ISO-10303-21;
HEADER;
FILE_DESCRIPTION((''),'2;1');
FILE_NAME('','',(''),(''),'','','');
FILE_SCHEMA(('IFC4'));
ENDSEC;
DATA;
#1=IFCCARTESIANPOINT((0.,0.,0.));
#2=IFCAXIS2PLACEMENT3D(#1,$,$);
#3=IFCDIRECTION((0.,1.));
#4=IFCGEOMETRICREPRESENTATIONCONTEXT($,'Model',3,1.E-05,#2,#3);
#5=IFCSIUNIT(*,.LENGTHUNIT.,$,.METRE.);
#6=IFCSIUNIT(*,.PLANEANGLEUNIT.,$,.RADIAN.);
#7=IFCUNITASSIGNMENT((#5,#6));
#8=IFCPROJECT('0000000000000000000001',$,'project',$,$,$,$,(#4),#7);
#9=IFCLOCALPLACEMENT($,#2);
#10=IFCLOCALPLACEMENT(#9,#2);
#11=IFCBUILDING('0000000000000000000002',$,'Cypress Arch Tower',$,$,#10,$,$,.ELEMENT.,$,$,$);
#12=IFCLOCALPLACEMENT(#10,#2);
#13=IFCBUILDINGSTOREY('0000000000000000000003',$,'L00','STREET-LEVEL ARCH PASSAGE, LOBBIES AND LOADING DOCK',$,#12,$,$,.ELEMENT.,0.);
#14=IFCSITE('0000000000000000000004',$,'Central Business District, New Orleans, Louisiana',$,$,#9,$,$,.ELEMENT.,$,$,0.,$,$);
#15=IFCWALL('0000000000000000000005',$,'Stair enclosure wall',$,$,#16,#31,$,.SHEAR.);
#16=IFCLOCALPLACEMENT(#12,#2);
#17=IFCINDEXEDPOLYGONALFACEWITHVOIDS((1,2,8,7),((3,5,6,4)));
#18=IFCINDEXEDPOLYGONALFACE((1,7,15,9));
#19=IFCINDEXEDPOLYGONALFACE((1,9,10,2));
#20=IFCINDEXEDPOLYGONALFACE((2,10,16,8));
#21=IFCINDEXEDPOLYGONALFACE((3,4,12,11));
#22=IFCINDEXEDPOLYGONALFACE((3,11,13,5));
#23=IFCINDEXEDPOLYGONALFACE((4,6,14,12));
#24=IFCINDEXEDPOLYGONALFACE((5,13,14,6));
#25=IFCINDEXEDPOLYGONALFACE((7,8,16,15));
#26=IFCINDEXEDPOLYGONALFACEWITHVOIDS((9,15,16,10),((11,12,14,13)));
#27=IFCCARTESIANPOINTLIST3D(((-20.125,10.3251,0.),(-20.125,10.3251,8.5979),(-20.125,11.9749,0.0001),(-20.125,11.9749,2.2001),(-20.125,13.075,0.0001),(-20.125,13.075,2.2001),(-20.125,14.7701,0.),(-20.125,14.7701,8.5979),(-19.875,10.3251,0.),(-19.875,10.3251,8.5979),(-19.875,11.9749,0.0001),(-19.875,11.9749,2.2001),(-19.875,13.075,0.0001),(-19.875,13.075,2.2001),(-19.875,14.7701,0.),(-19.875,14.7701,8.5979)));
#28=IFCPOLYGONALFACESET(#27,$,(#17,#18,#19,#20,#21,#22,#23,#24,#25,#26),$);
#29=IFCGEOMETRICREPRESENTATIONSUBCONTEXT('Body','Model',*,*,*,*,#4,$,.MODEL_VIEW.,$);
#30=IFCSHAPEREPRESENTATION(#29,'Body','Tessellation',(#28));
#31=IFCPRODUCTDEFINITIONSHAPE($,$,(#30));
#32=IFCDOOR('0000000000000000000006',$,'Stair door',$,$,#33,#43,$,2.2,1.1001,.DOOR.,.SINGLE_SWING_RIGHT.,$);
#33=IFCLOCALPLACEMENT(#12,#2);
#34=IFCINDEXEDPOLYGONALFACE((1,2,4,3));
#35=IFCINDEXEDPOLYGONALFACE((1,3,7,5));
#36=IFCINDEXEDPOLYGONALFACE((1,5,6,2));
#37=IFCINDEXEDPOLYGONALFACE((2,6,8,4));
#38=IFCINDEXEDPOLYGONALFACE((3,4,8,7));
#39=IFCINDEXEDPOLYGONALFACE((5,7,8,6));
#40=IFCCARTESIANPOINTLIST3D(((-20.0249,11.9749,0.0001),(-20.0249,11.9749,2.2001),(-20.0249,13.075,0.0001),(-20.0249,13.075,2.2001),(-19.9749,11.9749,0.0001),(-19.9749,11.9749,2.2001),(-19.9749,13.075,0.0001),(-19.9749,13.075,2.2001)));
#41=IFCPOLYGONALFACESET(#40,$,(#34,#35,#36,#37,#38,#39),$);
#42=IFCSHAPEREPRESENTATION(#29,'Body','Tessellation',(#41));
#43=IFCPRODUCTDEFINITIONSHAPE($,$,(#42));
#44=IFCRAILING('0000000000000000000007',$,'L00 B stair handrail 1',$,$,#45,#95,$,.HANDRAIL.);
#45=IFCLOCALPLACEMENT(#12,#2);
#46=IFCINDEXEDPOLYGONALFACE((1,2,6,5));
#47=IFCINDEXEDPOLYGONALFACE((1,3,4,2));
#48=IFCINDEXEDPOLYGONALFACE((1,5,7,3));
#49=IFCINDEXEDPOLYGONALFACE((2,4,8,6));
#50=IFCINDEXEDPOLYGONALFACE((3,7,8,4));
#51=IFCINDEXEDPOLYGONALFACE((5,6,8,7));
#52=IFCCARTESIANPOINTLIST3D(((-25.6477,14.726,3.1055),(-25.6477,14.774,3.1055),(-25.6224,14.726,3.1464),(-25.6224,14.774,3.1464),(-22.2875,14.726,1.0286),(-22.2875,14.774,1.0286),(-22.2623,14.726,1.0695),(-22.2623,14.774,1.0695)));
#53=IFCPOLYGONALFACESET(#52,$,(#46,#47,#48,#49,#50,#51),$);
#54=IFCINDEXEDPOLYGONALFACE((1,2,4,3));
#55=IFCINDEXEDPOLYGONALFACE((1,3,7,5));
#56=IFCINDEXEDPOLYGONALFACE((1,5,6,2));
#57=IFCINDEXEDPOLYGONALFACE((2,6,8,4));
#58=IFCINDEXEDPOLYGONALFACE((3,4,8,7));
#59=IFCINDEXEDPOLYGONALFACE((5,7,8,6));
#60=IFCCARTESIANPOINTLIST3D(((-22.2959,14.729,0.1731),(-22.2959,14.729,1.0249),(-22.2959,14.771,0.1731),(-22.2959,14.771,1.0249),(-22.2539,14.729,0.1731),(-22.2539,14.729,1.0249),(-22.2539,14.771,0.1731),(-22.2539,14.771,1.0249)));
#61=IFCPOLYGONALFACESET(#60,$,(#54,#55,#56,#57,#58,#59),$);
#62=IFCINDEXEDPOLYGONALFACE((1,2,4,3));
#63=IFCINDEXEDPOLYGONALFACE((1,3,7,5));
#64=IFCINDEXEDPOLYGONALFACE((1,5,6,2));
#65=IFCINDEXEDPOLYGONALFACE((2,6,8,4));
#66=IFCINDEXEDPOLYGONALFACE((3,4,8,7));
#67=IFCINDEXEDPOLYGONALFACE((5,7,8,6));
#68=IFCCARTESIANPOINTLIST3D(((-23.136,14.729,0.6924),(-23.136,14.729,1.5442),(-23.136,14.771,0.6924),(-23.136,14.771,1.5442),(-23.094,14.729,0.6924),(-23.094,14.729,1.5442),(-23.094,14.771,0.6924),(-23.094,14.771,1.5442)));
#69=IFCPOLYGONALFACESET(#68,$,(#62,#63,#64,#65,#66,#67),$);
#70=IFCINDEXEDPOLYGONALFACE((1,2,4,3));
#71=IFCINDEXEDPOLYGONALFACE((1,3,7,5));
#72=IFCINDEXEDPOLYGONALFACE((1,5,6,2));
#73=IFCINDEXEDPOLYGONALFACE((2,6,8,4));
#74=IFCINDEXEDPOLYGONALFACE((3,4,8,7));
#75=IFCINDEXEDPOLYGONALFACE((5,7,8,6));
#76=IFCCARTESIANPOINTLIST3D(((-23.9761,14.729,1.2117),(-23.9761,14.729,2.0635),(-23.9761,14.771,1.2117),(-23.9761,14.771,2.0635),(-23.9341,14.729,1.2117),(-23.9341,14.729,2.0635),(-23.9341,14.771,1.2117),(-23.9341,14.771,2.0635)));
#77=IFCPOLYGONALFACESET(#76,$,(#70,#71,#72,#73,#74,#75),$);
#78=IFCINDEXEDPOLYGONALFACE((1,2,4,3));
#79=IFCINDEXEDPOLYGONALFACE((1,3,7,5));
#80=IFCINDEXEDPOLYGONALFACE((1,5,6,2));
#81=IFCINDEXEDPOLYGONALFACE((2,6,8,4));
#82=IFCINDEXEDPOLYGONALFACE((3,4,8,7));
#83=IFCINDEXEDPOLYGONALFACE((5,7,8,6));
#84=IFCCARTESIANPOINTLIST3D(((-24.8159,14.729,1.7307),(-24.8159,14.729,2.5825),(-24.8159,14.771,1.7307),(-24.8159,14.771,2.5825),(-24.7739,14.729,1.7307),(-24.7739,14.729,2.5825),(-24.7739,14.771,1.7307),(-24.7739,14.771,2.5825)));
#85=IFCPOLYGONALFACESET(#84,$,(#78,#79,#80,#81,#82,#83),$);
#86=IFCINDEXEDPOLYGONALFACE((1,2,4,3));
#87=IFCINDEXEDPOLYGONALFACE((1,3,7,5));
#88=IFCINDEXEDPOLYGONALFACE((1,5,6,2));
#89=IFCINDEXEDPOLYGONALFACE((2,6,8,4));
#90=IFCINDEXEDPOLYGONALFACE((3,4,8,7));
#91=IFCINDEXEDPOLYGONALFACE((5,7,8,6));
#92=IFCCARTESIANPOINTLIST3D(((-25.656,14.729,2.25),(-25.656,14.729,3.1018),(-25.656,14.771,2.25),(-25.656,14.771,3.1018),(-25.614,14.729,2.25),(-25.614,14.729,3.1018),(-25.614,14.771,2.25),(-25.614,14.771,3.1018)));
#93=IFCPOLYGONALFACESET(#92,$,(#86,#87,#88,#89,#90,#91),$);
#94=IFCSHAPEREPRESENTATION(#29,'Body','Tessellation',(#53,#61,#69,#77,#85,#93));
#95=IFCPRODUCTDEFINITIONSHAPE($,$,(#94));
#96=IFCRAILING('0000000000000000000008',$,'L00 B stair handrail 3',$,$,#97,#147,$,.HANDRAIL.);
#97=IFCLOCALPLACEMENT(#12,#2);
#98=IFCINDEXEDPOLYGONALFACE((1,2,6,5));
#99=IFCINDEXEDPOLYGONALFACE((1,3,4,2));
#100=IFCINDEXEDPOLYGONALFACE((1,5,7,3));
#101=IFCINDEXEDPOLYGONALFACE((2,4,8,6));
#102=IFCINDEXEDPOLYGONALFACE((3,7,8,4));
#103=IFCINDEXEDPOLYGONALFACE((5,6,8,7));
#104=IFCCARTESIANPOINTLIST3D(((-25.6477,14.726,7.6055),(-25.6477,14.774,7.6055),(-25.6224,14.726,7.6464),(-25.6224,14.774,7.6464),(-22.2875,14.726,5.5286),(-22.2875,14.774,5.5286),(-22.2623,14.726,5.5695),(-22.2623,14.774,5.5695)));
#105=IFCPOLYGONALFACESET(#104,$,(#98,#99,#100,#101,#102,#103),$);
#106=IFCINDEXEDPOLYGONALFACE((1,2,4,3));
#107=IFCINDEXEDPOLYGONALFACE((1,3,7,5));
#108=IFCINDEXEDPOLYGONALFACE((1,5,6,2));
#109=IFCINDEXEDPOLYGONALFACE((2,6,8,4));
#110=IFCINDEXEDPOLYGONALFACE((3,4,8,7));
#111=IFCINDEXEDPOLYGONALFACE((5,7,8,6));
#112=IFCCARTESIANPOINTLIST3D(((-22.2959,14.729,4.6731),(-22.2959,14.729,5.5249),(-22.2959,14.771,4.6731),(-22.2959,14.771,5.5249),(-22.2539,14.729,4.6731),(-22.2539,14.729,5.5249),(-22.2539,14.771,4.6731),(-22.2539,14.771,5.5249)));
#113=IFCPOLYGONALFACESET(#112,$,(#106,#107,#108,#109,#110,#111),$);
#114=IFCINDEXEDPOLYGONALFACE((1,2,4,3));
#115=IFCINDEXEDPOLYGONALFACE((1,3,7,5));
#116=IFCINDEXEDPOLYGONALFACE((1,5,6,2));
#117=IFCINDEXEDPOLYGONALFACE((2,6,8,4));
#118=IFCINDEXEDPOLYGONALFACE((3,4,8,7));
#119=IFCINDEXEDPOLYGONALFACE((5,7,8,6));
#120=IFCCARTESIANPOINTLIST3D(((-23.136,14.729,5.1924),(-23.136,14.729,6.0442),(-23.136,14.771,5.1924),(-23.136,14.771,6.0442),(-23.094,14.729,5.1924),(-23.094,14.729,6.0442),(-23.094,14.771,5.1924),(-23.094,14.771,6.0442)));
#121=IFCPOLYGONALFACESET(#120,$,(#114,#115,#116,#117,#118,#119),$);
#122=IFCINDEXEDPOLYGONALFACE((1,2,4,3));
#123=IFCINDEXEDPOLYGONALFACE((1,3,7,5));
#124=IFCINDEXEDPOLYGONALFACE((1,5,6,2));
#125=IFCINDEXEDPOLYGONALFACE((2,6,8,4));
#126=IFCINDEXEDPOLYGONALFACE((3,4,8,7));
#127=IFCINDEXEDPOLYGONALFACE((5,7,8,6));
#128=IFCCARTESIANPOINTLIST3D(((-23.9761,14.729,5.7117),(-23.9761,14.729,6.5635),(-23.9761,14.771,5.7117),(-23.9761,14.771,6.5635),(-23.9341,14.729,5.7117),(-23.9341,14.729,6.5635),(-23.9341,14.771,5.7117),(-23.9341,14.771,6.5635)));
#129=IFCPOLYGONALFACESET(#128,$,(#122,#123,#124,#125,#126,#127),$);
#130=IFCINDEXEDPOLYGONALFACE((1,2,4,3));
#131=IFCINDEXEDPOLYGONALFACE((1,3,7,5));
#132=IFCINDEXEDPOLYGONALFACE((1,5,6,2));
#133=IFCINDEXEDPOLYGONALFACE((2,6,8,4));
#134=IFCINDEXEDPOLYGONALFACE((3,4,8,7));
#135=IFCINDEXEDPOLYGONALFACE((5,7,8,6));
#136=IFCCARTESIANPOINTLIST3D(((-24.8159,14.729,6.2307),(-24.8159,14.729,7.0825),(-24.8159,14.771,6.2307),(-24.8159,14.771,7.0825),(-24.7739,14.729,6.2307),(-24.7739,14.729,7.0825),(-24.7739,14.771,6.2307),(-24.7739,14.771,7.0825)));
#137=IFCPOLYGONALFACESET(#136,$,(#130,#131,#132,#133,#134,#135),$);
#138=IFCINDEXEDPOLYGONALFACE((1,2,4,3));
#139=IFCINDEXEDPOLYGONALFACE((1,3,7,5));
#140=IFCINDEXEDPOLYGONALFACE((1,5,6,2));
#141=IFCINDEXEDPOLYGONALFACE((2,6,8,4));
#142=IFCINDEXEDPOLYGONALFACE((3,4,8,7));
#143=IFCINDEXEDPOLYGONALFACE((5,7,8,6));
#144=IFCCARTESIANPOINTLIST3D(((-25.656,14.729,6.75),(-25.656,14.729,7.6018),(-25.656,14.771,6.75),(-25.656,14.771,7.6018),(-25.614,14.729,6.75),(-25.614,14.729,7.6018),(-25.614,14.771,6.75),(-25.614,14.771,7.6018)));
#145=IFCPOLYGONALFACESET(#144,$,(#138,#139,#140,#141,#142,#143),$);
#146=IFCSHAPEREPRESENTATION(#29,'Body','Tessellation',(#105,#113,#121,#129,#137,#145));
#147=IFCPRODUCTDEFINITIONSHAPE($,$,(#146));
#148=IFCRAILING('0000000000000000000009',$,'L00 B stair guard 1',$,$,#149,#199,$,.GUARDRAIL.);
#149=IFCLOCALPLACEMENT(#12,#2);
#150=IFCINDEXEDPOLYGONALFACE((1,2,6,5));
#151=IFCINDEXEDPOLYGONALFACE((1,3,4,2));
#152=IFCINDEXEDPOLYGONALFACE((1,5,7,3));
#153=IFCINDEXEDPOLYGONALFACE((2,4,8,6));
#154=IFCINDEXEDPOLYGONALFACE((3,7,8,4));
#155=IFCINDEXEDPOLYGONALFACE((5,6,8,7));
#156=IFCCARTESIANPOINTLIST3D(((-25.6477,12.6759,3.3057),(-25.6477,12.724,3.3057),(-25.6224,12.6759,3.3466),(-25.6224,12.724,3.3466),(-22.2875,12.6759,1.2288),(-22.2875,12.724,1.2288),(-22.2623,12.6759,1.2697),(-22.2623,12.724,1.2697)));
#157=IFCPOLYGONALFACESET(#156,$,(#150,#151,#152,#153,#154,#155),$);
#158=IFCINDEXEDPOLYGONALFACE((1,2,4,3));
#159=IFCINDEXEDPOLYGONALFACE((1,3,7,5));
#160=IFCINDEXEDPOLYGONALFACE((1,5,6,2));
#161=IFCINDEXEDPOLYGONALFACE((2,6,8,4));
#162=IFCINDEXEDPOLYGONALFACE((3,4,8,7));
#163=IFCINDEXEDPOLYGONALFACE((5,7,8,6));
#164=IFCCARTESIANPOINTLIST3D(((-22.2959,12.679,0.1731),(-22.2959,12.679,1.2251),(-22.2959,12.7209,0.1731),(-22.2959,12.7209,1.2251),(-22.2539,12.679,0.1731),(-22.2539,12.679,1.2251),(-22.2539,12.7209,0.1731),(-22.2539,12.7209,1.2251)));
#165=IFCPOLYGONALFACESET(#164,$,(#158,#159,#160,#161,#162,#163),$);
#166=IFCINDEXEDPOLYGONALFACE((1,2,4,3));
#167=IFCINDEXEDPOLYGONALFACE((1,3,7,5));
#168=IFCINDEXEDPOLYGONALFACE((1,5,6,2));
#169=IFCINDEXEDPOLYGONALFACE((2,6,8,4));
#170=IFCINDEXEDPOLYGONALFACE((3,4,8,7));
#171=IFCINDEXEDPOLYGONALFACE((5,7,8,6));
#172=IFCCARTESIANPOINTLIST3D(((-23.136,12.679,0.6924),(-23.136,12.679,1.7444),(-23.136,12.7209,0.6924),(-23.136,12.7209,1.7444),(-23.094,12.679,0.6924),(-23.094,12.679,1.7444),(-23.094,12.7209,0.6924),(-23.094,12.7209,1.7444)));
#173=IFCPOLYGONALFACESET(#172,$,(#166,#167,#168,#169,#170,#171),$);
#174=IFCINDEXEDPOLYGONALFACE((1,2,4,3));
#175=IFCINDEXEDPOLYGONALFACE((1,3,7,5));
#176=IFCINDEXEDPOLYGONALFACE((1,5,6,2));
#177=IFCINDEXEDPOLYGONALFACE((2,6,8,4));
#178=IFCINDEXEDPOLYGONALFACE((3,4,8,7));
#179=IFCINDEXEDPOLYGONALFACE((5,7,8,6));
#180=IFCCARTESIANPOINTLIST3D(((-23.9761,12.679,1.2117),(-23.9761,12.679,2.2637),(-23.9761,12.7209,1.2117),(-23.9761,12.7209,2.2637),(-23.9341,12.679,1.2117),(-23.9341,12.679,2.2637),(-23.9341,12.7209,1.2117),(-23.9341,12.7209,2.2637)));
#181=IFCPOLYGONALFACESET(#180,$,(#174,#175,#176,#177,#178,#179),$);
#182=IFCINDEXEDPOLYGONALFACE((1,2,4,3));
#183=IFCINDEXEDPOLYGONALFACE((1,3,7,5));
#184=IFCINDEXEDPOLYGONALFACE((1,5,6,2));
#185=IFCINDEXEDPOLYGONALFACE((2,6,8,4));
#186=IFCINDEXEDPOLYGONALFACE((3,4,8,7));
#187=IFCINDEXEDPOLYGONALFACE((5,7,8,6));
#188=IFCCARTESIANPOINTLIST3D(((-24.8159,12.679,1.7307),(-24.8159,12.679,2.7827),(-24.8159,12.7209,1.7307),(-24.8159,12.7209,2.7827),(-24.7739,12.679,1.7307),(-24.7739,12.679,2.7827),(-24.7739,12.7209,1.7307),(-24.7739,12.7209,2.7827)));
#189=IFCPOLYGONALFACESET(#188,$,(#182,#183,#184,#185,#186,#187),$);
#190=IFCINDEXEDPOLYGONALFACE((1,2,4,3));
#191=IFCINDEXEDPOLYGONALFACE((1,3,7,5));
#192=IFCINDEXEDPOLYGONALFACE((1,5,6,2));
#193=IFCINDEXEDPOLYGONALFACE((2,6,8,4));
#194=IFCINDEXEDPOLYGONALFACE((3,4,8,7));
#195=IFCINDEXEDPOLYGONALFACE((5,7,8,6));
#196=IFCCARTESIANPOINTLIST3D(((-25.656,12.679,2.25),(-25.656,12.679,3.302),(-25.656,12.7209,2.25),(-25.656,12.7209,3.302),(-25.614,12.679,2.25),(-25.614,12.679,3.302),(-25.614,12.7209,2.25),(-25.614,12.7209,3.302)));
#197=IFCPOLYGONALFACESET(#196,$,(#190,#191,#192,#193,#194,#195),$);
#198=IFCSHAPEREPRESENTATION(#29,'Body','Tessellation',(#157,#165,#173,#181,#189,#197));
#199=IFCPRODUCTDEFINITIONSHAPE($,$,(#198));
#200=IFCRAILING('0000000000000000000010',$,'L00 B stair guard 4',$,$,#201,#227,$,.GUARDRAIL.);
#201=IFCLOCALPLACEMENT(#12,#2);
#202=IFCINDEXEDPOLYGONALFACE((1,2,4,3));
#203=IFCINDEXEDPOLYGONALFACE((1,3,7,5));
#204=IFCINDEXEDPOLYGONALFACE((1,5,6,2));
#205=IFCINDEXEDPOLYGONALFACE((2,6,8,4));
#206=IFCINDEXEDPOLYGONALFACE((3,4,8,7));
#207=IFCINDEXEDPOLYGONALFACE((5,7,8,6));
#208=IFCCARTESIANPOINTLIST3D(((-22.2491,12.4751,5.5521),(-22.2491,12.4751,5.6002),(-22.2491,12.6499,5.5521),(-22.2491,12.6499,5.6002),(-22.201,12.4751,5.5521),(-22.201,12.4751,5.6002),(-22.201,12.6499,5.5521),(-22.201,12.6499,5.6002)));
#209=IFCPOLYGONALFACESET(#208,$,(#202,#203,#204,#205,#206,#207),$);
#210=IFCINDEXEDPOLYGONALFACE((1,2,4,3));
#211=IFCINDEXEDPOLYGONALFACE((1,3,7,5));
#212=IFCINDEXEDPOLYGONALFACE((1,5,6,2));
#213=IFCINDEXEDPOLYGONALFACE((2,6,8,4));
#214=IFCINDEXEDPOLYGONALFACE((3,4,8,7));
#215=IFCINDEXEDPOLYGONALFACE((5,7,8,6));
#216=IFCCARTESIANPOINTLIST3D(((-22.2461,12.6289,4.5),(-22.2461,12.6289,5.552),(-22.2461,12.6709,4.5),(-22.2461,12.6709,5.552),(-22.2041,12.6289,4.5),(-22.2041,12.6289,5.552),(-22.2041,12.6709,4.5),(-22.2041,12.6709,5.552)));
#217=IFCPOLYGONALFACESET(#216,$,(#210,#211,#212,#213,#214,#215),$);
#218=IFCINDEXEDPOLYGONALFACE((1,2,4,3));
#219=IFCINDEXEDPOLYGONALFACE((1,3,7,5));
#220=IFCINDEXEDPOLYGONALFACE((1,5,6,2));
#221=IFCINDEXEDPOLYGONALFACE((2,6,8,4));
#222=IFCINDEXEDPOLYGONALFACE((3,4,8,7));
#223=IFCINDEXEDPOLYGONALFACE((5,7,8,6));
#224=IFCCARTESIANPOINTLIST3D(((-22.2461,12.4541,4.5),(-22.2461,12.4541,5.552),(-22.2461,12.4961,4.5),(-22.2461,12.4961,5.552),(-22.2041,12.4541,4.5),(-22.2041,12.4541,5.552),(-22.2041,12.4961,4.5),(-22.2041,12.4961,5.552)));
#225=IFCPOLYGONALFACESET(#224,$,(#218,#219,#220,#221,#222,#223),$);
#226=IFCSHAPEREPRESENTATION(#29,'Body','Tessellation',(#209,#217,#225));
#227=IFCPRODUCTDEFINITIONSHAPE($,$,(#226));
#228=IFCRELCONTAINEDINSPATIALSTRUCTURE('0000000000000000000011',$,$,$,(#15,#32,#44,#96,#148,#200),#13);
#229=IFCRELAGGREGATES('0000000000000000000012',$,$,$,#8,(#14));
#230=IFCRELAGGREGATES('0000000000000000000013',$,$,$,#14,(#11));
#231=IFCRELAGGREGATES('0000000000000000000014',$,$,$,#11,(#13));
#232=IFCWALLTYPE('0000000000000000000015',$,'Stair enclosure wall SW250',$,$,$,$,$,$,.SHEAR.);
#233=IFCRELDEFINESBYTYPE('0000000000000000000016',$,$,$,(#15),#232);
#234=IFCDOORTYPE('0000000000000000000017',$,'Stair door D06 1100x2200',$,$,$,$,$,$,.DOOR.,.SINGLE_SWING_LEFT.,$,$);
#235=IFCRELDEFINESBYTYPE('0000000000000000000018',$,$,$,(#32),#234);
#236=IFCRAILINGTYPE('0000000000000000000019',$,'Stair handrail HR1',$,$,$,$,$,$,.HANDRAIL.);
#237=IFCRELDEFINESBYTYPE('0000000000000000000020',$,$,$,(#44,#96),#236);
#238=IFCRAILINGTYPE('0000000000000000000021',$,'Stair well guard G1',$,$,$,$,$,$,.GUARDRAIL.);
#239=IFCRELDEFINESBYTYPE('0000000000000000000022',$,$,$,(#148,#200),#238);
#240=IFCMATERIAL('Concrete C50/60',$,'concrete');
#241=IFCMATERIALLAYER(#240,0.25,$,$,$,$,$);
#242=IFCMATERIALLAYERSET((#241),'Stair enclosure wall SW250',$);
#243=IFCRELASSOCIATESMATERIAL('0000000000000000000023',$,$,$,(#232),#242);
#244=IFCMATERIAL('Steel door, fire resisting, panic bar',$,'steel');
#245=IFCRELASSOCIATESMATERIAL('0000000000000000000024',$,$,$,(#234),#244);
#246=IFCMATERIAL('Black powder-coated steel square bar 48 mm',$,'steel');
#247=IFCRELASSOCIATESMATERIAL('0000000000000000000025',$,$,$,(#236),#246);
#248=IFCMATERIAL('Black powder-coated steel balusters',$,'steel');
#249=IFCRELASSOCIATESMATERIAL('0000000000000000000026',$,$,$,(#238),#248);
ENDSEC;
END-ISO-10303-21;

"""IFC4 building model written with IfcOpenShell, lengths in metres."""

from ifc_helpers import new_model, si_unit, direction, frame, frame_2d, origin, origin_2d, place, context, subcontext, project, spatial, rectangle, extrude, material, layer, layer_set, type_object, element, fill, save


model = new_model("IFC4")

# Units and contexts
model_context = context("Model", 3, precision=1e-05, world=origin(), true_north=direction((0.0, 1.0)))
body_context = subcontext(model_context, "Body", "Model", "MODEL_VIEW")
ifc_project = project(units=[si_unit("LENGTHUNIT", "METRE"), si_unit("PLANEANGLEUNIT", "RADIAN")], contexts=[model_context])

# Site, building, storey
site_placement = place(None, origin())
site = spatial("IfcSite", under=ifc_project, at=site_placement, Name="Central Business District, New Orleans, Louisiana", CompositionType="ELEMENT", RefElevation=0.0)
building_placement = place(site_placement, origin())
building = spatial("IfcBuilding", under=site, at=building_placement, Name="Cypress Arch Tower", CompositionType="ELEMENT")
storey_placement = place(building_placement, origin())
storey = spatial("IfcBuildingStorey", under=building, at=storey_placement, Name="L00", Description="STREET-LEVEL ARCH PASSAGE, LOBBIES AND LOADING DOCK", CompositionType="ELEMENT", Elevation=0.0)

# Wall, opening, door
ifc_material_1 = material(Name="Concrete C50/60", Category="concrete")
ifc_layer_1 = layer(ifc_material_1, 0.25)
ifc_layer_set_1 = layer_set([ifc_layer_1], Name="Stair enclosure wall SW250")
wall_type_1 = type_object("IfcWallType", Name="Stair enclosure wall SW250", PredefinedType="SHEAR", material=ifc_layer_set_1)
wall_1_placement = place(storey_placement, frame((-20.0, 10.325, 0.0), z_axis=(0.0, 0.0, 1.0), x_axis=(0.0, 1.0, 0.0)))
wall_1 = element("IfcWall", 1, at=wall_1_placement, inside=storey, type_object=wall_type_1, Name="Stair enclosure wall", PredefinedType="SHEAR", context=body_context, shape_type="SweptSolid", body=[
    extrude(rectangle(XDim=4.4451, YDim=0.25, at=frame_2d((2.2227, 0.0))), origin(), (0.0, 0.0, 1.0), 8.5979),
])
opening_1_placement = place(wall_1_placement, frame((1.6499, 0.0, 0.0)))
opening_1 = element("IfcOpeningElement", 2, at=opening_1_placement, cuts=wall_1, PredefinedType="OPENING", context=body_context, shape_type="SweptSolid", body=[
    extrude(rectangle(XDim=1.1001, YDim=2.2, at=frame_2d((0.55, 1.1001))), frame((0.0, 0.135, 0.0), z_axis=(0.0, -1.0, 0.0), x_axis=(1.0, 0.0, 0.0)), (0.0, 0.0, 1.0), 0.27),
])
ifc_material_2 = material(Name="Steel door, fire resisting, panic bar", Category="steel")
door_type_1 = type_object("IfcDoorType", Name="Stair door D06 1100x2200", OperationType="SINGLE_SWING_LEFT", PredefinedType="DOOR", material=ifc_material_2)
door_1_placement = place(opening_1_placement, origin())
door_1 = element("IfcDoor", 3, at=door_1_placement, inside=storey, type_object=door_type_1, Name="Stair door", OperationType="SINGLE_SWING_RIGHT", OverallHeight=2.2, OverallWidth=1.1001, PredefinedType="DOOR", context=body_context, shape_type="SweptSolid", body=[
    extrude(rectangle(XDim=1.1001, YDim=2.2, at=frame_2d((0.55, 1.1001))), frame((0.0, 0.0249, 0.0), z_axis=(0.0, -1.0, 0.0), x_axis=(1.0, 0.0, 0.0)), (0.0, 0.0, 1.0), 0.05),
])
fill(opening_1, door_1)

# Railings
ifc_material_3 = material(Name="Black powder-coated steel square bar 48 mm", Category="steel")
railing_type_1 = type_object("IfcRailingType", Name="Stair handrail HR1", PredefinedType="HANDRAIL", material=ifc_material_3)
for number, where, name in (
    (4, (-22.2749, 14.75, 0.1731), "L00 B stair handrail 1"),
    (5, (-22.2749, 14.75, 4.6731), "L00 B stair handrail 3"),
):
    element("IfcRailing", number, at=place(storey_placement, frame(where)), inside=storey, type_object=railing_type_1, Name=name, PredefinedType="HANDRAIL", context=body_context, shape_type="SweptSolid", body=[
        extrude(rectangle(XDim=0.0481, YDim=0.0481, at=origin_2d()), frame((0.0, 0.0, 0.876), z_axis=(-0.850623, 0.0, 0.525776), x_axis=(0.0, -1.0, 0.0)), (0.0, 0.0, 1.0), 3.9502),
        extrude(rectangle(XDim=0.042, YDim=0.042, at=origin_2d()), origin(), (0.0, 0.0, 1.0), 0.8518),
        extrude(rectangle(XDim=0.042, YDim=0.042, at=origin_2d()), frame((-0.8401, 0.0, 0.5193)), (0.0, 0.0, 1.0), 0.8518),
        extrude(rectangle(XDim=0.042, YDim=0.042, at=origin_2d()), frame((-1.6802, 0.0, 1.0386)), (0.0, 0.0, 1.0), 0.8518),
        extrude(rectangle(XDim=0.042, YDim=0.042, at=origin_2d()), frame((-2.52, 0.0, 1.5576)), (0.0, 0.0, 1.0), 0.8518),
        extrude(rectangle(XDim=0.042, YDim=0.042, at=origin_2d()), frame((-3.3601, 0.0, 2.0769)), (0.0, 0.0, 1.0), 0.8518),
    ])
ifc_material_4 = material(Name="Black powder-coated steel balusters", Category="steel")
railing_type_2 = type_object("IfcRailingType", Name="Stair well guard G1", PredefinedType="GUARDRAIL", material=ifc_material_4)
railing_1_placement = place(storey_placement, frame((-22.2749, 12.7, 0.1731)))
element("IfcRailing", 6, at=railing_1_placement, inside=storey, type_object=railing_type_2, Name="L00 B stair guard 1", PredefinedType="GUARDRAIL", context=body_context, shape_type="SweptSolid", body=[
    extrude(rectangle(XDim=0.0481, YDim=0.0481, at=origin_2d()), frame((0.0, 0.0, 1.0762), z_axis=(-0.850623, 0.0, 0.525776), x_axis=(0.0, -1.0, 0.0)), (0.0, 0.0, 1.0), 3.9502),
    extrude(rectangle(XDim=0.042, YDim=0.042, at=origin_2d()), origin(), (0.0, 0.0, 1.0), 1.052),
    extrude(rectangle(XDim=0.042, YDim=0.042, at=origin_2d()), frame((-0.8401, 0.0, 0.5193)), (0.0, 0.0, 1.0), 1.052),
    extrude(rectangle(XDim=0.042, YDim=0.042, at=origin_2d()), frame((-1.6802, 0.0, 1.0386)), (0.0, 0.0, 1.0), 1.052),
    extrude(rectangle(XDim=0.042, YDim=0.042, at=origin_2d()), frame((-2.52, 0.0, 1.5576)), (0.0, 0.0, 1.0), 1.052),
    extrude(rectangle(XDim=0.042, YDim=0.042, at=origin_2d()), frame((-3.3601, 0.0, 2.0769)), (0.0, 0.0, 1.0), 1.052),
])
railing_2_placement = place(storey_placement, frame((-22.2251, 12.6499, 4.5)))
element("IfcRailing", 7, at=railing_2_placement, inside=storey, type_object=railing_type_2, Name="L00 B stair guard 4", PredefinedType="GUARDRAIL", context=body_context, shape_type="SweptSolid", body=[
    extrude(rectangle(XDim=0.0481, YDim=0.0481, at=origin_2d()), frame((0.0, 0.0, 1.0762), z_axis=(0.0, -1.0, 0.0), x_axis=(1.0, 0.0, 0.0)), (0.0, 0.0, 1.0), 0.1748),
    extrude(rectangle(XDim=0.042, YDim=0.042, at=origin_2d()), origin(), (0.0, 0.0, 1.0), 1.052),
    extrude(rectangle(XDim=0.042, YDim=0.042, at=origin_2d()), frame((0.0, -0.1748, 0.0)), (0.0, 0.0, 1.0), 1.052),
])

save(model, "model.ifc")
